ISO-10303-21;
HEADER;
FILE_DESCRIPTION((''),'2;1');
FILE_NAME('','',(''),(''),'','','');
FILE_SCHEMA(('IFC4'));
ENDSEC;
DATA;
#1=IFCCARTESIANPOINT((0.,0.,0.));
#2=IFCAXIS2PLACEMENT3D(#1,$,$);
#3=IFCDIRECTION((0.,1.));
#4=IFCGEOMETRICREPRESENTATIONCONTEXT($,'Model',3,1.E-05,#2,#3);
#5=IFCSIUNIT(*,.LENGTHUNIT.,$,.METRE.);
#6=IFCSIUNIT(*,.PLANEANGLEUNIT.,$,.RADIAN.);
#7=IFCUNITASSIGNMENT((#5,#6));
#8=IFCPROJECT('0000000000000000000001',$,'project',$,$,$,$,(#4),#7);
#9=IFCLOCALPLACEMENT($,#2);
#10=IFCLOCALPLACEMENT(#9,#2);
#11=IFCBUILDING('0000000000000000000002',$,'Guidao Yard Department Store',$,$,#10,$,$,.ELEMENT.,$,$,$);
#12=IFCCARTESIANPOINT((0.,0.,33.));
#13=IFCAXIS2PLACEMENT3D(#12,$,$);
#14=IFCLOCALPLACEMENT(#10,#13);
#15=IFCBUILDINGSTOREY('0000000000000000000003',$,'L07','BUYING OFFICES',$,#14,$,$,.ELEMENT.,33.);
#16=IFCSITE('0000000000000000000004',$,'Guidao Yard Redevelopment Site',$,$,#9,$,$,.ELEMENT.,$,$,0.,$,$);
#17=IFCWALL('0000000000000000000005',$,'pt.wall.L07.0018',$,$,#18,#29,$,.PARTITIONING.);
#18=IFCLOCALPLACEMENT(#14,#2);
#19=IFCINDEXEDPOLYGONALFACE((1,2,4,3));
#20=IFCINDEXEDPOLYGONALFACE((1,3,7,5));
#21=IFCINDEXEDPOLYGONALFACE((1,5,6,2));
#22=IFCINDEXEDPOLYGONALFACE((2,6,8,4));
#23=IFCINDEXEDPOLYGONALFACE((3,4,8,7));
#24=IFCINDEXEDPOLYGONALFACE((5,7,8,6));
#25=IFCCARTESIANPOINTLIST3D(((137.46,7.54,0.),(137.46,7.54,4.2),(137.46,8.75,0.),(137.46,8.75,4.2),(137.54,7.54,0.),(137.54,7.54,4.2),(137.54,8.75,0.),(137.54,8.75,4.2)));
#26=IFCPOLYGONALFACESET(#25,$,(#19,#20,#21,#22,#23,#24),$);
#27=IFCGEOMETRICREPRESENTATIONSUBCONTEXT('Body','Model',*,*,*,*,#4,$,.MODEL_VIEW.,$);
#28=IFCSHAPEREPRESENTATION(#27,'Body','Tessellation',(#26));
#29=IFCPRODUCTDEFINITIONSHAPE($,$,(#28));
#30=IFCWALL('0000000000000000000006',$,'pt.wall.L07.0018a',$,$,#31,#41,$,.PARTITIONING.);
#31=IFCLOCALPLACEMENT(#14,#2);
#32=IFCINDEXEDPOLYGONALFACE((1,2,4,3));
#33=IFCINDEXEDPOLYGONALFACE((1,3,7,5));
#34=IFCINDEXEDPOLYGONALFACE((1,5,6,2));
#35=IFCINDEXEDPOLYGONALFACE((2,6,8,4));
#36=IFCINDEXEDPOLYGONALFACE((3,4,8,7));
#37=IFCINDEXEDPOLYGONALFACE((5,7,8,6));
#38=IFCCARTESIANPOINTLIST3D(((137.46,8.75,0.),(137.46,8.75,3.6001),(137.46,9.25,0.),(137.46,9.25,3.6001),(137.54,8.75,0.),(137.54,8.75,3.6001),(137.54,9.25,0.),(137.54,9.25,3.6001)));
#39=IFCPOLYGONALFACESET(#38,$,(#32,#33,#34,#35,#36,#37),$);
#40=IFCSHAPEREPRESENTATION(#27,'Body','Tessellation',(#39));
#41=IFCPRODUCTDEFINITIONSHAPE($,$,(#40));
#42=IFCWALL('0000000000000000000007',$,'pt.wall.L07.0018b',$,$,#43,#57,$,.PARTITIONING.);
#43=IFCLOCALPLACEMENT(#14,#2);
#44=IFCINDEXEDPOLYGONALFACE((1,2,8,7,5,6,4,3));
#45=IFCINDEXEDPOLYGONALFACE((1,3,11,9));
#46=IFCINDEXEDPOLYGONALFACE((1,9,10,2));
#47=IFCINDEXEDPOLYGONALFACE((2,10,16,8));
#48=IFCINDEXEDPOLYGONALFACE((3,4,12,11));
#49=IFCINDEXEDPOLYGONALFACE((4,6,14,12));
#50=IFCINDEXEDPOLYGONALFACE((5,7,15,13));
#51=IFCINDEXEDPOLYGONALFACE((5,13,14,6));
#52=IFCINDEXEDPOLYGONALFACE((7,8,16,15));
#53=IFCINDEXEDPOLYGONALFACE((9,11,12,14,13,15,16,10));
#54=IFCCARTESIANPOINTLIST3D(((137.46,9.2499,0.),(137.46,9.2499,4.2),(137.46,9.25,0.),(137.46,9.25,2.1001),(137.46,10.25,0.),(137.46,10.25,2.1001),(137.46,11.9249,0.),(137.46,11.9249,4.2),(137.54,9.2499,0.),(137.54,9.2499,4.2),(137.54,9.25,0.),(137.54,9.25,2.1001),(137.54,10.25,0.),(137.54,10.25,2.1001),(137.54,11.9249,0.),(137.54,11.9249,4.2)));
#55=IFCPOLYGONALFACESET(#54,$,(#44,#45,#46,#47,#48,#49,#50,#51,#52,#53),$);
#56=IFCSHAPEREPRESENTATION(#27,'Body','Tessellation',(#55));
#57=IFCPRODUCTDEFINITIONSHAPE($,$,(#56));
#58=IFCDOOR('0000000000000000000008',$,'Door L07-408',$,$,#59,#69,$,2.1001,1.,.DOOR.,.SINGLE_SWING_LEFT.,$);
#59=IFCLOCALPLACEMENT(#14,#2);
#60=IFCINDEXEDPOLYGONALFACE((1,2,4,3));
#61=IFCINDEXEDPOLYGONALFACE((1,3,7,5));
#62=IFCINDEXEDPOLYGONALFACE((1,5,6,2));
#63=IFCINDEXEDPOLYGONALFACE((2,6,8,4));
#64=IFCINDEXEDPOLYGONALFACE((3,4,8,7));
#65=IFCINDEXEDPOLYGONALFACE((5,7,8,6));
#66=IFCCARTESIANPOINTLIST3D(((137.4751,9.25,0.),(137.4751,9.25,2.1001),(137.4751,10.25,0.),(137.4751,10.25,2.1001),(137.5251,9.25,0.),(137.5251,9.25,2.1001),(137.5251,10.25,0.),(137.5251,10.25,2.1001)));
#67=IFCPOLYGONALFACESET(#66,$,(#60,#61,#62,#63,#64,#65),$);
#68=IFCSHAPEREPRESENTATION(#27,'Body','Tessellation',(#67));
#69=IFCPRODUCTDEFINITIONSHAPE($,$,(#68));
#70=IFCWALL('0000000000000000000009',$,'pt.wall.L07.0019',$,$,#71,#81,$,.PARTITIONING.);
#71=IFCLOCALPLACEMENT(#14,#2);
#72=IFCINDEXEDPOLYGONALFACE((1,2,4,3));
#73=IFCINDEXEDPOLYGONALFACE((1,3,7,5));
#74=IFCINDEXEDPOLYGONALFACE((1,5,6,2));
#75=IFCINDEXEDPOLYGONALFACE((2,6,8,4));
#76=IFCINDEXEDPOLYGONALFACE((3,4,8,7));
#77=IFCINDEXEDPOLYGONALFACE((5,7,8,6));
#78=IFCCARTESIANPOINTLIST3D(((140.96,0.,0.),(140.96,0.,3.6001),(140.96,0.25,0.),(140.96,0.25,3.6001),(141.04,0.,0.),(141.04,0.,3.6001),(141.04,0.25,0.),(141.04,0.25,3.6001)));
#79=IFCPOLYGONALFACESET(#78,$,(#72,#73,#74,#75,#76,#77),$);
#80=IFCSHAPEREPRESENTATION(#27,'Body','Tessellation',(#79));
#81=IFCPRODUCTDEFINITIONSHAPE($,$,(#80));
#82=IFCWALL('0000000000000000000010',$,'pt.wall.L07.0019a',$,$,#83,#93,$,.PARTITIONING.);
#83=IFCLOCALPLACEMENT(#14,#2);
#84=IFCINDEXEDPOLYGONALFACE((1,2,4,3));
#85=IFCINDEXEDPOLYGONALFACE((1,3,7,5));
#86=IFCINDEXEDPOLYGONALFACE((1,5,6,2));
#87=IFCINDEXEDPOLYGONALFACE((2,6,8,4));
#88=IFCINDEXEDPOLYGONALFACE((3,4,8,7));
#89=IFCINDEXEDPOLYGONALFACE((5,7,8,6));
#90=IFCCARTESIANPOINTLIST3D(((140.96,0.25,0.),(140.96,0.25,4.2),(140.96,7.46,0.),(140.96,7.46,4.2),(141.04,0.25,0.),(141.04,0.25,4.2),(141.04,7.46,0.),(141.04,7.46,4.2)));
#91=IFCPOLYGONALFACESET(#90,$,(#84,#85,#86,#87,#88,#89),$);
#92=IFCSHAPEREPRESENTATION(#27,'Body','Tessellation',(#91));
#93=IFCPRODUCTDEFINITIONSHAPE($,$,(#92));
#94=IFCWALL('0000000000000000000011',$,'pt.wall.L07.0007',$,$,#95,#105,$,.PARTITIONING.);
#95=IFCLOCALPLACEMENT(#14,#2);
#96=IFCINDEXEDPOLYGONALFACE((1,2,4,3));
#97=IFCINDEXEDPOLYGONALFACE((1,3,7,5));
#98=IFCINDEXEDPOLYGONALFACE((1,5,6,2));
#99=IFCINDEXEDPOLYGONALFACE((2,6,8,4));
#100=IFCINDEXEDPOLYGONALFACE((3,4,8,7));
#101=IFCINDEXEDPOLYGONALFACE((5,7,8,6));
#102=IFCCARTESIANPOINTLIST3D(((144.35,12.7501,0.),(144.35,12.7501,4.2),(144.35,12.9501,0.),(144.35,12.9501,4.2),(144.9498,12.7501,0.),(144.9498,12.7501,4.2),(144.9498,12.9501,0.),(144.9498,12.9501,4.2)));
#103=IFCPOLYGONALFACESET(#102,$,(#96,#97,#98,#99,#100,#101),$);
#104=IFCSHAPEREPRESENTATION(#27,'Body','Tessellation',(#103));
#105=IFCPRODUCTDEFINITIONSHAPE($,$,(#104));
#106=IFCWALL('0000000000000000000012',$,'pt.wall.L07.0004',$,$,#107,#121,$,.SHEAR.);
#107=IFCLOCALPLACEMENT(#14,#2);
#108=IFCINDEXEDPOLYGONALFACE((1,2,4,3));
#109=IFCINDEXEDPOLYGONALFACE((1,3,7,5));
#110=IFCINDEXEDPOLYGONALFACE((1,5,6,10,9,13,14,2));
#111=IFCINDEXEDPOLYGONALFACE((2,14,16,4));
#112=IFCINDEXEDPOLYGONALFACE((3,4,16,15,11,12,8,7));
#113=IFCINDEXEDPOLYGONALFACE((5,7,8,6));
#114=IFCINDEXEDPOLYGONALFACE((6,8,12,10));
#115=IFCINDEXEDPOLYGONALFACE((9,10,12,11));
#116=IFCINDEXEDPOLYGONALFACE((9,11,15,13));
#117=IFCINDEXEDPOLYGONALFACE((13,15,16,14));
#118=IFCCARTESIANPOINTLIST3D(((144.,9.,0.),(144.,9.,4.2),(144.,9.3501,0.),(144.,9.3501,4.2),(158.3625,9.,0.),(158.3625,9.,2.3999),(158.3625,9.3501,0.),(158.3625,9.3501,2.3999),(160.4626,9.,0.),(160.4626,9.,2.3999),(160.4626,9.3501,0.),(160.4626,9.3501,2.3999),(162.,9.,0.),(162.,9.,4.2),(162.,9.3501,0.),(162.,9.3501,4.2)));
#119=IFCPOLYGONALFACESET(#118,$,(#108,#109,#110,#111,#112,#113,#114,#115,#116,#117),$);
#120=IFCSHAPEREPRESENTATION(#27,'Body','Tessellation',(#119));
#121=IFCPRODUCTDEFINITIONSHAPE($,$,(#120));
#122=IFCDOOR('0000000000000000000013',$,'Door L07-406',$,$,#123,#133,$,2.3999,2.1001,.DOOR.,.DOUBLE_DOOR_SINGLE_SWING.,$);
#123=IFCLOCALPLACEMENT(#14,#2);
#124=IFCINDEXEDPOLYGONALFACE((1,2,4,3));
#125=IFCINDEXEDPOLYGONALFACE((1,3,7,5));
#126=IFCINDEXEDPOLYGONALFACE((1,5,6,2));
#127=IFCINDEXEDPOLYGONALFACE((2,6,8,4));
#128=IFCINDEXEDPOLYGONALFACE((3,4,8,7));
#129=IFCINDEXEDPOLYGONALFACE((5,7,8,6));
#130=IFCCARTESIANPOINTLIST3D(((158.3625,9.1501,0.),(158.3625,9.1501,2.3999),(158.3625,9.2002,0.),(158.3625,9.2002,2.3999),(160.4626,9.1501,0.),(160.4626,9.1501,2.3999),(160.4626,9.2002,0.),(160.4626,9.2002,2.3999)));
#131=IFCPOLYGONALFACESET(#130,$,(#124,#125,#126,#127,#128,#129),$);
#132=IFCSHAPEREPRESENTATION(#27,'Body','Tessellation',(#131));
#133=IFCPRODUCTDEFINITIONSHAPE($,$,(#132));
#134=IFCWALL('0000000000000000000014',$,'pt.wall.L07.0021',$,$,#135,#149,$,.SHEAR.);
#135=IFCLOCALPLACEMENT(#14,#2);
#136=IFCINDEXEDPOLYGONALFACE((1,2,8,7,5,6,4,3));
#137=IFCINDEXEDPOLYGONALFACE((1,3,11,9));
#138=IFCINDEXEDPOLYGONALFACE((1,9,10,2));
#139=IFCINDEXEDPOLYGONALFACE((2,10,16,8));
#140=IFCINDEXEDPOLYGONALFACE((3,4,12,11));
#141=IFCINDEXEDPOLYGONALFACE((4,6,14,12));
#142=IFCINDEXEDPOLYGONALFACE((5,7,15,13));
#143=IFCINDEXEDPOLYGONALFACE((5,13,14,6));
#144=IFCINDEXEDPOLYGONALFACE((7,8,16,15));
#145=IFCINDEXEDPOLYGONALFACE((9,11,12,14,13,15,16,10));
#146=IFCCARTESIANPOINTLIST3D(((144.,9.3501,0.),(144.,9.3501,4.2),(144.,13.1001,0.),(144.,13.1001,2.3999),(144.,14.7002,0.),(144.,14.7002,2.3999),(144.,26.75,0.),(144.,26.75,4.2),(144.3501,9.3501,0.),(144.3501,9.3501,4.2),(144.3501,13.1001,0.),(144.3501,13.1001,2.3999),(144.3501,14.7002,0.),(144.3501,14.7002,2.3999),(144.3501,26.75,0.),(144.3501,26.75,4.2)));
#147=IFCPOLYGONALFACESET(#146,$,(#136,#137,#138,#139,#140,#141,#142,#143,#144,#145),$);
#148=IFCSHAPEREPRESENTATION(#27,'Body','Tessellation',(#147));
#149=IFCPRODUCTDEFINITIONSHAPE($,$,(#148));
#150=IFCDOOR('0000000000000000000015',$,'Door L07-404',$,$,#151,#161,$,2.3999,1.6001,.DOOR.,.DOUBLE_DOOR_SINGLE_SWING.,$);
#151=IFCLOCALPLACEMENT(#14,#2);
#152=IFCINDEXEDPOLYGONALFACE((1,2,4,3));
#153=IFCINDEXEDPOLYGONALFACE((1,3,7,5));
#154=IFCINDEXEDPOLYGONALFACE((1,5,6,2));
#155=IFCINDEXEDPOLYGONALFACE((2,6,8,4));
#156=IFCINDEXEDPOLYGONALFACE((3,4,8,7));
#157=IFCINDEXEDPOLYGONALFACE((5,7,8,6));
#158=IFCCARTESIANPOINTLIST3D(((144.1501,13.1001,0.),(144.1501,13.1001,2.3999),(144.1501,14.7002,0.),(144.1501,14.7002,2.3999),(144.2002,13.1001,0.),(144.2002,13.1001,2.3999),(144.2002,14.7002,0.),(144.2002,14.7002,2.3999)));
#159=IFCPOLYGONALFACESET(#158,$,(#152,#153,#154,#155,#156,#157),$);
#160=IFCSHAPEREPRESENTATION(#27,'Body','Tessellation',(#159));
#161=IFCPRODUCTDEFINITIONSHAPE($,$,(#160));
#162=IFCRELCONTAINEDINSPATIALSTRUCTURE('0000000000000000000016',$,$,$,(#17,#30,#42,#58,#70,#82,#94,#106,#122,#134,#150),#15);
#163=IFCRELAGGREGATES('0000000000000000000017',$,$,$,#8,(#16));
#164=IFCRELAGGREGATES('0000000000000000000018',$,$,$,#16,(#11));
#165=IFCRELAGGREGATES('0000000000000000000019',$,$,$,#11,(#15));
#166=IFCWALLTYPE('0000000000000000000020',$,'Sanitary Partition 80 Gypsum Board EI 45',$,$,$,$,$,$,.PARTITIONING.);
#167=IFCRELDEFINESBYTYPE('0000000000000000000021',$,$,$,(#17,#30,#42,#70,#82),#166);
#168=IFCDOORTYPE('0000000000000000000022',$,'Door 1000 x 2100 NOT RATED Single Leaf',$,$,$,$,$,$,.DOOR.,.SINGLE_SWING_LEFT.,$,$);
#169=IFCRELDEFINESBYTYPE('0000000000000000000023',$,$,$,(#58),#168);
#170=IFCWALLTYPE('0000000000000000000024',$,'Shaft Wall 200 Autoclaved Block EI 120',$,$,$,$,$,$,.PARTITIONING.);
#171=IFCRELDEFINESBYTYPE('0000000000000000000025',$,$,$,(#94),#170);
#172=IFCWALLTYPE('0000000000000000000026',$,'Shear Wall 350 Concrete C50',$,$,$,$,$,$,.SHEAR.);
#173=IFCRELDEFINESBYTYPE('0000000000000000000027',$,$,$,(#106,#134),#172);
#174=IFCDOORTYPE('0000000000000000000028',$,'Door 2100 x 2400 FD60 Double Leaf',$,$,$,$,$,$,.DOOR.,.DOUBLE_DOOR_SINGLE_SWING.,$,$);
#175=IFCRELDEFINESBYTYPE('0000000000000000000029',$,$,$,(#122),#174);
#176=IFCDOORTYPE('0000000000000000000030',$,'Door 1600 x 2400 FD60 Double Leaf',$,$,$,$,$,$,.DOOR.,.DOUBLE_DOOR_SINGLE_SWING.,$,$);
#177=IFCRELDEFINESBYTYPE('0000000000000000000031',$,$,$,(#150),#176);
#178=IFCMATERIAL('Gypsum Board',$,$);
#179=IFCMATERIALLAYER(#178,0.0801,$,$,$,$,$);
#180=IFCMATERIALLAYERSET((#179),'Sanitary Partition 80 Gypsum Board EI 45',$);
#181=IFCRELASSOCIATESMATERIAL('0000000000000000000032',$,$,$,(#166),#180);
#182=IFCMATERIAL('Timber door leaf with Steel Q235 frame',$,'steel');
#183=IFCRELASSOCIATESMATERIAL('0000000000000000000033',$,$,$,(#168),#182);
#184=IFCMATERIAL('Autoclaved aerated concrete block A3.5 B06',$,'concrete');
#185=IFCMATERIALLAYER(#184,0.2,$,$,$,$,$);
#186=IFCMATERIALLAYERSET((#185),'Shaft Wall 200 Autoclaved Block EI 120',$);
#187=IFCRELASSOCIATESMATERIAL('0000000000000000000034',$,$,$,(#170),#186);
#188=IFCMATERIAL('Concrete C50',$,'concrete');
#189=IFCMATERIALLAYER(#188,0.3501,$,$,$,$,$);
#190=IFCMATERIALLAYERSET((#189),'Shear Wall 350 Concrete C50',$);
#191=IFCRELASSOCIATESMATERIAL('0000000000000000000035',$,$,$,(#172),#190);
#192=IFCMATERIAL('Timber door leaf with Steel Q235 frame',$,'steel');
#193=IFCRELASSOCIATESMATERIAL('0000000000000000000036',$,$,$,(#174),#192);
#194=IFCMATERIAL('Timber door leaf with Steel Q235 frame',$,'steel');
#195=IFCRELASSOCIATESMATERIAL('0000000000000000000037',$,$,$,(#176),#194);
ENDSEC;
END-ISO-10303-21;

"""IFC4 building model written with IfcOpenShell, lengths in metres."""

from ifc_helpers import new_model, si_unit, direction, frame, frame_2d, origin, place, context, subcontext, project, spatial, rectangle, extrude, material, layer, layer_set, type_object, element, fill, save


model = new_model("IFC4")

# Units and contexts
model_context = context("Model", 3, precision=1e-05, world=origin(), true_north=direction((0.0, 1.0)))
body_context = subcontext(model_context, "Body", "Model", "MODEL_VIEW")
ifc_project = project(units=[si_unit("LENGTHUNIT", "METRE"), si_unit("PLANEANGLEUNIT", "RADIAN")], contexts=[model_context])

# Site, building, storey
site_placement = place(None, origin())
site = spatial("IfcSite", under=ifc_project, at=site_placement, Name="Guidao Yard Redevelopment Site", CompositionType="ELEMENT", RefElevation=0.0)
building_placement = place(site_placement, origin())
building = spatial("IfcBuilding", under=site, at=building_placement, Name="Guidao Yard Department Store", CompositionType="ELEMENT")
storey_placement = place(building_placement, frame((0.0, 0.0, 33.0)))
storey = spatial("IfcBuildingStorey", under=building, at=storey_placement, Name="L07", Description="BUYING OFFICES", CompositionType="ELEMENT", Elevation=33.0)

# Walls
ifc_material_1 = material(Name="Gypsum Board")
ifc_layer_1 = layer(ifc_material_1, 0.0801)
ifc_layer_set_1 = layer_set([ifc_layer_1], Name="Sanitary Partition 80 Gypsum Board EI 45")
wall_type_1 = type_object("IfcWallType", Name="Sanitary Partition 80 Gypsum Board EI 45", PredefinedType="PARTITIONING", material=ifc_layer_set_1)
wall_1_placement = place(storey_placement, frame((137.5, 7.54, 0.0), z_axis=(0.0, 0.0, 1.0), x_axis=(0.0, 1.0, 0.0)))
element("IfcWall", 1, at=wall_1_placement, inside=storey, type_object=wall_type_1, Name="pt.wall.L07.0018", PredefinedType="PARTITIONING", context=body_context, shape_type="SweptSolid", body=[
    extrude(rectangle(XDim=1.21, YDim=0.0801, at=frame_2d((0.605, 0.0))), origin(), (0.0, 0.0, 1.0), 4.2),
])
wall_2_placement = place(storey_placement, frame((137.5, 8.75, 0.0), z_axis=(0.0, 0.0, 1.0), x_axis=(0.0, 1.0, 0.0)))
element("IfcWall", 2, at=wall_2_placement, inside=storey, type_object=wall_type_1, Name="pt.wall.L07.0018a", PredefinedType="PARTITIONING", context=body_context, shape_type="SweptSolid", body=[
    extrude(rectangle(XDim=0.5, YDim=0.0801, at=frame_2d((0.25, 0.0))), origin(), (0.0, 0.0, 1.0), 3.6001),
])

# Wall, opening, door
wall_3_placement = place(storey_placement, frame((137.5, 9.25, 0.0), z_axis=(0.0, 0.0, 1.0), x_axis=(0.0, 1.0, 0.0)))
wall_3 = element("IfcWall", 3, at=wall_3_placement, inside=storey, type_object=wall_type_1, Name="pt.wall.L07.0018b", PredefinedType="PARTITIONING", context=body_context, shape_type="SweptSolid", body=[
    extrude(rectangle(XDim=2.675, YDim=0.0801, at=frame_2d((1.3374, 0.0))), origin(), (0.0, 0.0, 1.0), 4.2),
])
opening_1_placement = place(wall_3_placement, origin())
opening_1 = element("IfcOpeningElement", 4, at=opening_1_placement, cuts=wall_3, PredefinedType="OPENING", context=body_context, shape_type="SweptSolid", body=[
    extrude(rectangle(XDim=1.0, YDim=2.1001, at=frame_2d((0.5, 1.05))), frame((0.0, 0.05, 0.0), z_axis=(0.0, -1.0, 0.0), x_axis=(1.0, 0.0, 0.0)), (0.0, 0.0, 1.0), 0.1001),
])
ifc_material_2 = material(Name="Timber door leaf with Steel Q235 frame", Category="steel")
door_type_1 = type_object("IfcDoorType", Name="Door 1000 x 2100 NOT RATED Single Leaf", OperationType="SINGLE_SWING_LEFT", PredefinedType="DOOR", material=ifc_material_2)
door_1_placement = place(opening_1_placement, origin())
door_1 = element("IfcDoor", 5, at=door_1_placement, inside=storey, type_object=door_type_1, Name="Door L07-408", OperationType="SINGLE_SWING_LEFT", OverallHeight=2.1001, OverallWidth=1.0, PredefinedType="DOOR", context=body_context, shape_type="SweptSolid", body=[
    extrude(rectangle(XDim=1.0, YDim=2.1001, at=frame_2d((0.5, 1.05))), frame((0.0, 0.0249, 0.0), z_axis=(0.0, -1.0, 0.0), x_axis=(1.0, 0.0, 0.0)), (0.0, 0.0, 1.0), 0.05),
])
fill(opening_1, door_1)

# Walls
wall_4_placement = place(storey_placement, frame((141.0, 0.0, 0.0), z_axis=(0.0, 0.0, 1.0), x_axis=(0.0, 1.0, 0.0)))
element("IfcWall", 6, at=wall_4_placement, inside=storey, type_object=wall_type_1, Name="pt.wall.L07.0019", PredefinedType="PARTITIONING", context=body_context, shape_type="SweptSolid", body=[
    extrude(rectangle(XDim=0.25, YDim=0.0801, at=frame_2d((0.125, 0.0))), origin(), (0.0, 0.0, 1.0), 3.6001),
])
wall_5_placement = place(storey_placement, frame((141.0, 0.25, 0.0), z_axis=(0.0, 0.0, 1.0), x_axis=(0.0, 1.0, 0.0)))
element("IfcWall", 7, at=wall_5_placement, inside=storey, type_object=wall_type_1, Name="pt.wall.L07.0019a", PredefinedType="PARTITIONING", context=body_context, shape_type="SweptSolid", body=[
    extrude(rectangle(XDim=7.21, YDim=0.0801, at=frame_2d((3.605, 0.0))), origin(), (0.0, 0.0, 1.0), 4.2),
])
ifc_material_3 = material(Name="Autoclaved aerated concrete block A3.5 B06", Category="concrete")
ifc_layer_2 = layer(ifc_material_3, 0.2)
ifc_layer_set_2 = layer_set([ifc_layer_2], Name="Shaft Wall 200 Autoclaved Block EI 120")
wall_type_2 = type_object("IfcWallType", Name="Shaft Wall 200 Autoclaved Block EI 120", PredefinedType="PARTITIONING", material=ifc_layer_set_2)
wall_6_placement = place(storey_placement, frame((144.3501, 12.8501, 0.0), z_axis=(0.0, 0.0, 1.0), x_axis=(1.0, 0.0, 0.0)))
element("IfcWall", 8, at=wall_6_placement, inside=storey, type_object=wall_type_2, Name="pt.wall.L07.0007", PredefinedType="PARTITIONING", context=body_context, shape_type="SweptSolid", body=[
    extrude(rectangle(XDim=0.5999, YDim=0.2, at=frame_2d((0.2998, 0.0))), origin(), (0.0, 0.0, 1.0), 4.2),
])

# Walls, openings, doors
ifc_material_4 = material(Name="Concrete C50", Category="concrete")
ifc_layer_3 = layer(ifc_material_4, 0.3501)
ifc_layer_set_3 = layer_set([ifc_layer_3], Name="Shear Wall 350 Concrete C50")
wall_type_3 = type_object("IfcWallType", Name="Shear Wall 350 Concrete C50", PredefinedType="SHEAR", material=ifc_layer_set_3)
wall_7_placement = place(storey_placement, frame((144.0, 9.175, 0.0), z_axis=(0.0, 0.0, 1.0), x_axis=(1.0, 0.0, 0.0)))
wall_7 = element("IfcWall", 9, at=wall_7_placement, inside=storey, type_object=wall_type_3, Name="pt.wall.L07.0004", PredefinedType="SHEAR", context=body_context, shape_type="SweptSolid", body=[
    extrude(rectangle(XDim=18.0, YDim=0.3501, at=frame_2d((9.0, 0.0))), origin(), (0.0, 0.0, 1.0), 4.2),
])
opening_2_placement = place(wall_7_placement, frame((16.4626, 0.0, 0.0), z_axis=(0.0, 0.0, 1.0), x_axis=(-1.0, 0.0, 0.0)))
opening_2 = element("IfcOpeningElement", 10, at=opening_2_placement, cuts=wall_7, PredefinedType="OPENING", context=body_context, shape_type="SweptSolid", body=[
    extrude(rectangle(XDim=2.1001, YDim=2.3999, at=frame_2d((1.05, 1.2))), frame((0.0, 0.1851, 0.0), z_axis=(0.0, -1.0, 0.0), x_axis=(1.0, 0.0, 0.0)), (0.0, 0.0, 1.0), 0.3701),
])
ifc_material_5 = material(Name="Timber door leaf with Steel Q235 frame", Category="steel")
door_type_2 = type_object("IfcDoorType", Name="Door 2100 x 2400 FD60 Double Leaf", OperationType="DOUBLE_DOOR_SINGLE_SWING", PredefinedType="DOOR", material=ifc_material_5)
door_2_placement = place(opening_2_placement, origin())
door_2 = element("IfcDoor", 11, at=door_2_placement, inside=storey, type_object=door_type_2, Name="Door L07-406", OperationType="DOUBLE_DOOR_SINGLE_SWING", OverallHeight=2.3999, OverallWidth=2.1001, PredefinedType="DOOR", context=body_context, shape_type="SweptSolid", body=[
    extrude(rectangle(XDim=2.1001, YDim=2.3999, at=frame_2d((1.05, 1.2))), frame((0.0, 0.0249, 0.0), z_axis=(0.0, -1.0, 0.0), x_axis=(1.0, 0.0, 0.0)), (0.0, 0.0, 1.0), 0.05),
])
fill(opening_2, door_2)
wall_8_placement = place(storey_placement, frame((144.175, 9.3501, 0.0), z_axis=(0.0, 0.0, 1.0), x_axis=(0.0, 1.0, 0.0)))
wall_8 = element("IfcWall", 12, at=wall_8_placement, inside=storey, type_object=wall_type_3, Name="pt.wall.L07.0021", PredefinedType="SHEAR", context=body_context, shape_type="SweptSolid", body=[
    extrude(rectangle(XDim=17.3999, YDim=0.3501, at=frame_2d((8.7, 0.0))), origin(), (0.0, 0.0, 1.0), 4.2),
])
opening_3_placement = place(wall_8_placement, frame((3.75, 0.0, 0.0)))
opening_3 = element("IfcOpeningElement", 13, at=opening_3_placement, cuts=wall_8, PredefinedType="OPENING", context=body_context, shape_type="SweptSolid", body=[
    extrude(rectangle(XDim=1.6001, YDim=2.3999, at=frame_2d((0.8, 1.2))), frame((0.0, 0.1851, 0.0), z_axis=(0.0, -1.0, 0.0), x_axis=(1.0, 0.0, 0.0)), (0.0, 0.0, 1.0), 0.3701),
])
ifc_material_6 = material(Name="Timber door leaf with Steel Q235 frame", Category="steel")
door_type_3 = type_object("IfcDoorType", Name="Door 1600 x 2400 FD60 Double Leaf", OperationType="DOUBLE_DOOR_SINGLE_SWING", PredefinedType="DOOR", material=ifc_material_6)
door_3_placement = place(opening_3_placement, origin())
door_3 = element("IfcDoor", 14, at=door_3_placement, inside=storey, type_object=door_type_3, Name="Door L07-404", OperationType="DOUBLE_DOOR_SINGLE_SWING", OverallHeight=2.3999, OverallWidth=1.6001, PredefinedType="DOOR", context=body_context, shape_type="SweptSolid", body=[
    extrude(rectangle(XDim=1.6001, YDim=2.3999, at=frame_2d((0.8, 1.2))), frame((0.0, 0.0249, 0.0), z_axis=(0.0, -1.0, 0.0), x_axis=(1.0, 0.0, 0.0)), (0.0, 0.0, 1.0), 0.05),
])
fill(opening_3, door_3)

save(model, "model.ifc")
